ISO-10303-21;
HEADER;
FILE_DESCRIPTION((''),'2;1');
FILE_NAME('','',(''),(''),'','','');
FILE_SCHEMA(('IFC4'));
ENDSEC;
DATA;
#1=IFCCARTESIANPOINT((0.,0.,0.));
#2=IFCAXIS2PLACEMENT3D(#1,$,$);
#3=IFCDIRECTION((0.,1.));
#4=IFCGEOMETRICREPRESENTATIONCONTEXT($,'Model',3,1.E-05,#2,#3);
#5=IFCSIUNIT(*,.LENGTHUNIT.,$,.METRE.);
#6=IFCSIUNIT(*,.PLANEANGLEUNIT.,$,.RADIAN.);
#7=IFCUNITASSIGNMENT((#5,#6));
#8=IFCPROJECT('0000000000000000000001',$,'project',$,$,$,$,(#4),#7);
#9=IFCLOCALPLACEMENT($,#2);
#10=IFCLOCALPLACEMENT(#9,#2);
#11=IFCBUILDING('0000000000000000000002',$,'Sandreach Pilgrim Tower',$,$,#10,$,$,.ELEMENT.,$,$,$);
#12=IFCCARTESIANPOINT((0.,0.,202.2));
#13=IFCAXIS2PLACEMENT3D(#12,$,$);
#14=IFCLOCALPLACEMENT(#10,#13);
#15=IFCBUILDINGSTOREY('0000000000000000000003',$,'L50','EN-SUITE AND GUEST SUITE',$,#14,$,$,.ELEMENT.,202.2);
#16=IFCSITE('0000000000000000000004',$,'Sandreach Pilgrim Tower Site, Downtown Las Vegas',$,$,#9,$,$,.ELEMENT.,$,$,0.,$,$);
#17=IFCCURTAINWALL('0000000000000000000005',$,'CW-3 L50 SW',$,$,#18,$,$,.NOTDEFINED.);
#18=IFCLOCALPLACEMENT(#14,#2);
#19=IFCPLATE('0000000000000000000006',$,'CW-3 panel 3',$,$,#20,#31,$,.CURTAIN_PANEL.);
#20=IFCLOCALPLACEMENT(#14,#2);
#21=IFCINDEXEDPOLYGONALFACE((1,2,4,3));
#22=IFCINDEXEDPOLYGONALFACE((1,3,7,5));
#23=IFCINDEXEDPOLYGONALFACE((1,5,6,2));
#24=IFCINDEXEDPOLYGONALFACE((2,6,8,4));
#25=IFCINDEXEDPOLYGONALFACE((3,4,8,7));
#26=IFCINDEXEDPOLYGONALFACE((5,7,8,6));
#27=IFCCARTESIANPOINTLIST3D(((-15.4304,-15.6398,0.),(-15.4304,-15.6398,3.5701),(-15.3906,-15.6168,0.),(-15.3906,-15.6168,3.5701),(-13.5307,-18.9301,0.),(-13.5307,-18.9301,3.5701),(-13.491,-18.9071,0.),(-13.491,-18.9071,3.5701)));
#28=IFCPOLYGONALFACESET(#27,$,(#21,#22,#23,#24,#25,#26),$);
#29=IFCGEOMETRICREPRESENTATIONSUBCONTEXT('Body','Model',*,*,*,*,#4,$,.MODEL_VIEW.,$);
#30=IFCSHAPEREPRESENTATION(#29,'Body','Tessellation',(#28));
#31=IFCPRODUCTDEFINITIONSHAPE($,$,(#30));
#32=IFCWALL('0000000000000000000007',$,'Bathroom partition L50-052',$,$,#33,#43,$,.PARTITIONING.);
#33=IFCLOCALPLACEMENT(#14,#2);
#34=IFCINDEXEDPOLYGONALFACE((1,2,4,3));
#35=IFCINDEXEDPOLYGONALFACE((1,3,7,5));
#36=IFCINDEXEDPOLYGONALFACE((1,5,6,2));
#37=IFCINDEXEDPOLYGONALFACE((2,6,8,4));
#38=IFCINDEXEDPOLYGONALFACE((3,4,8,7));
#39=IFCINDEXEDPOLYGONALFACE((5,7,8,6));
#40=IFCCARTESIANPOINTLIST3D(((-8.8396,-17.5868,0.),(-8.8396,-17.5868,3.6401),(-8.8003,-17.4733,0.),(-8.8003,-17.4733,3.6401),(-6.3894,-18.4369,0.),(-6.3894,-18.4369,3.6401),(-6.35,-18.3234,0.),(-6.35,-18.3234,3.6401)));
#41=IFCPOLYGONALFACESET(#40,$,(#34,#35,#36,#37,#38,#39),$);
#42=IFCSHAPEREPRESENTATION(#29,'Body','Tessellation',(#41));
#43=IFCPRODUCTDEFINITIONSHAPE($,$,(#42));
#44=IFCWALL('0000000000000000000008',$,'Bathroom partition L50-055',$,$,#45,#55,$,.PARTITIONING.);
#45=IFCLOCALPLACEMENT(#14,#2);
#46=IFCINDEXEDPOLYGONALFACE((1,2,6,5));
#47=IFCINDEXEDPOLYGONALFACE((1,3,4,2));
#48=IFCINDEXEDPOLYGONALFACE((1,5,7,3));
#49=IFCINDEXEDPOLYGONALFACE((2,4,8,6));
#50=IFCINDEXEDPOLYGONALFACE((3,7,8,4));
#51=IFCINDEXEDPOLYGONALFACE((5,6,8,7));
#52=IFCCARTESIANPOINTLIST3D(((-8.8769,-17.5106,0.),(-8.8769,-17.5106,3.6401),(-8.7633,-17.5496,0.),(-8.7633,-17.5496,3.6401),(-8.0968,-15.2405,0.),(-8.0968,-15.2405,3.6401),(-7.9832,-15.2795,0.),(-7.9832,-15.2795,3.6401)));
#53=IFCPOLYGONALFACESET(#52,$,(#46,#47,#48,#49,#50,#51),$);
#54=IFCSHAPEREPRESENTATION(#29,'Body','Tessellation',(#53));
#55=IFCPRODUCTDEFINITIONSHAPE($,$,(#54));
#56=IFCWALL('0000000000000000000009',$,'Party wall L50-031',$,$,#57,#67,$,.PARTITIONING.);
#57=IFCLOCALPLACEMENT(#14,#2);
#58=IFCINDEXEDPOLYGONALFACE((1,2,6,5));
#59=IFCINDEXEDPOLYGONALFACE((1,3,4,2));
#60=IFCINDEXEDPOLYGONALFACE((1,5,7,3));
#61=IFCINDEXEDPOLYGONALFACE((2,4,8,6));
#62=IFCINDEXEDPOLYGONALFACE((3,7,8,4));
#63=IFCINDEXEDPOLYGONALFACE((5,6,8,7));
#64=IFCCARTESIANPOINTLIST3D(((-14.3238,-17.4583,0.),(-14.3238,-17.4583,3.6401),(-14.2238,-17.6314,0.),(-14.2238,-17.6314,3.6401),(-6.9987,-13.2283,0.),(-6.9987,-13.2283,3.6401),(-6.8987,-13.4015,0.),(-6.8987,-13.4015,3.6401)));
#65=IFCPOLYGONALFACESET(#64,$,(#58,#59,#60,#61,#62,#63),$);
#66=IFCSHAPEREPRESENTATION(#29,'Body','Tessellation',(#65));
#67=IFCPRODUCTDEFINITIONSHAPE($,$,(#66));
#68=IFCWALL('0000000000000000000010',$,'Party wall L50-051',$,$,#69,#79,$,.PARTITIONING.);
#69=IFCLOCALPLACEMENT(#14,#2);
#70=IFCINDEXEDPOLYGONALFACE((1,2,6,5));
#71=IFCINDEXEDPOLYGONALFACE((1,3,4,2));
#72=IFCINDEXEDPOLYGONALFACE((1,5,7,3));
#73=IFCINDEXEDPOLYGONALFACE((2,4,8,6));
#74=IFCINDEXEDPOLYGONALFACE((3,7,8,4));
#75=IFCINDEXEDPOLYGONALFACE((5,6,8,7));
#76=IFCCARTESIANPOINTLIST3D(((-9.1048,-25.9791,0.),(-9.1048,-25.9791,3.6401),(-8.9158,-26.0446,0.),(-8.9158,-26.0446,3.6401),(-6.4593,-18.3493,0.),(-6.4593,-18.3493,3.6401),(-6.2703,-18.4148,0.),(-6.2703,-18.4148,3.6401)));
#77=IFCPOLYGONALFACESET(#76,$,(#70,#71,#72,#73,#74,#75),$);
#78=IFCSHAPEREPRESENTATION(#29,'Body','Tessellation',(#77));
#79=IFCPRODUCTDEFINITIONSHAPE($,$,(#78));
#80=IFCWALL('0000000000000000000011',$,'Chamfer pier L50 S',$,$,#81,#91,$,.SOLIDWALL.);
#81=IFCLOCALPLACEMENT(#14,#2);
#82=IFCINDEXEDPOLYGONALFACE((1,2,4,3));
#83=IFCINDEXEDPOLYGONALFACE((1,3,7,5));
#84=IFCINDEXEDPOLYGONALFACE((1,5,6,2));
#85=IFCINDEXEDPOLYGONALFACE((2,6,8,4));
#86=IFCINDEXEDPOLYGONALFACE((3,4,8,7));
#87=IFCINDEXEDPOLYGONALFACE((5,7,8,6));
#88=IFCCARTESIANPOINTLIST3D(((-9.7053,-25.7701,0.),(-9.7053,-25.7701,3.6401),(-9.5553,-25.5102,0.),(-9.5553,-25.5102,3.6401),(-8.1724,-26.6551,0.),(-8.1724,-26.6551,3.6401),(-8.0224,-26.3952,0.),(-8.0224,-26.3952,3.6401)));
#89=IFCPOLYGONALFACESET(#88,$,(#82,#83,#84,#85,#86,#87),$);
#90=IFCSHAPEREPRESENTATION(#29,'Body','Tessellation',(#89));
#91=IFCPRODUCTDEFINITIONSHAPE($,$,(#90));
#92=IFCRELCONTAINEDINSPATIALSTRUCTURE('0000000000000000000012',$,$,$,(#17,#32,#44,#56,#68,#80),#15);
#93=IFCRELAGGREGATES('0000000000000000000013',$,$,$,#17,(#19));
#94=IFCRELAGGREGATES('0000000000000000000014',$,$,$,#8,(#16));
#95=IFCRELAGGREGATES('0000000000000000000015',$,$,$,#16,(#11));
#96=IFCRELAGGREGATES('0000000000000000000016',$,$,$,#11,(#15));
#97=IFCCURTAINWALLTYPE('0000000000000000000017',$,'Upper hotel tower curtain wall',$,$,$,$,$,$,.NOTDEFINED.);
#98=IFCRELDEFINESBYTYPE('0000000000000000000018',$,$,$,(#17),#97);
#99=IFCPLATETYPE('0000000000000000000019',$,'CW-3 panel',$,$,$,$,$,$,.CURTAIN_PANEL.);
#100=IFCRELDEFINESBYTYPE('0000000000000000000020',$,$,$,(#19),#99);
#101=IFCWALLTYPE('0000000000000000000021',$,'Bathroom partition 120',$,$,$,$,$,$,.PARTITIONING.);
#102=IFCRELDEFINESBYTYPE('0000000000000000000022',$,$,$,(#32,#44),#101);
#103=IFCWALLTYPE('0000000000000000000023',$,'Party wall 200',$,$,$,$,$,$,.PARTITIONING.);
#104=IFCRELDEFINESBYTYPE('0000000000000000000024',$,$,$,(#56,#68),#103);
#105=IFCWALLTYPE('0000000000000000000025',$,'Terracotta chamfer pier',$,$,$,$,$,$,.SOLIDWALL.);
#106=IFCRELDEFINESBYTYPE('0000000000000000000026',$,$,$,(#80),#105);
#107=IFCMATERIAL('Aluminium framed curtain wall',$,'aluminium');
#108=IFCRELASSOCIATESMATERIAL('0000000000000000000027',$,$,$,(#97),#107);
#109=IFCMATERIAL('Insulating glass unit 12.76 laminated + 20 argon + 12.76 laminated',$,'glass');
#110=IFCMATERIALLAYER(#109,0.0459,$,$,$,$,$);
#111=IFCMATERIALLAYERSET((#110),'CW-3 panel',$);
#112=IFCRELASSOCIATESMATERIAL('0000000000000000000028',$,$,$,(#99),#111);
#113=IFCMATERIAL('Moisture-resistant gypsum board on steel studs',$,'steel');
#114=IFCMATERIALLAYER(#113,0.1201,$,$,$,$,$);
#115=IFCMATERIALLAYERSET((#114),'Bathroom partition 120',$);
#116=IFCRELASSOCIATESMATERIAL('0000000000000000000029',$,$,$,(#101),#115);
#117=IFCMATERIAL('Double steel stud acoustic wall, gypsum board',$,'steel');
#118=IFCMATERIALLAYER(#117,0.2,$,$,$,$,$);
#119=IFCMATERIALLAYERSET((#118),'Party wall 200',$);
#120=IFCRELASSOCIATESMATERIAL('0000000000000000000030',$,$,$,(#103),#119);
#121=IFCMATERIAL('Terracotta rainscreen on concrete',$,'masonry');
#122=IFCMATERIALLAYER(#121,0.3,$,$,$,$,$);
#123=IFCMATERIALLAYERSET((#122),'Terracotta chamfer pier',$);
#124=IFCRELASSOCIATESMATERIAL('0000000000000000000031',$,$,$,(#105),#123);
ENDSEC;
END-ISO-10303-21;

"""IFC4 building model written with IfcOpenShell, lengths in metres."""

from ifc_helpers import new_model, si_unit, direction, frame, frame_2d, origin, origin_2d, place, context, subcontext, project, spatial, rectangle, extrude, material, layer, layer_set, type_object, element, aggregate, save


model = new_model("IFC4")

# Units and contexts
model_context = context("Model", 3, precision=1e-05, world=origin(), true_north=direction((0.0, 1.0)))
body_context = subcontext(model_context, "Body", "Model", "MODEL_VIEW")
ifc_project = project(units=[si_unit("LENGTHUNIT", "METRE"), si_unit("PLANEANGLEUNIT", "RADIAN")], contexts=[model_context])

# Site, building, storey
site_placement = place(None, origin())
site = spatial("IfcSite", under=ifc_project, at=site_placement, Name="Sandreach Pilgrim Tower Site, Downtown Las Vegas", CompositionType="ELEMENT", RefElevation=0.0)
building_placement = place(site_placement, origin())
building = spatial("IfcBuilding", under=site, at=building_placement, Name="Sandreach Pilgrim Tower", CompositionType="ELEMENT")
storey_placement = place(building_placement, frame((0.0, 0.0, 202.2)))
storey = spatial("IfcBuildingStorey", under=building, at=storey_placement, Name="L50", Description="EN-SUITE AND GUEST SUITE", CompositionType="ELEMENT", Elevation=202.2)

# Shared definitions
ifc_material_1 = material(Name="Aluminium framed curtain wall", Category="aluminium")
curtain_wall_type = type_object("IfcCurtainWallType", Name="Upper hotel tower curtain wall", PredefinedType="NOTDEFINED", material=ifc_material_1)

# Curtain wall
curtain_wall_1_placement = place(storey_placement, origin())
curtain_wall_1 = element("IfcCurtainWall", 1, at=curtain_wall_1_placement, inside=storey, type_object=curtain_wall_type, Name="CW-3 L50 SW", PredefinedType="NOTDEFINED")

# Plate
ifc_material_2 = material(Name="Insulating glass unit 12.76 laminated + 20 argon + 12.76 laminated", Category="glass")
ifc_layer_1 = layer(ifc_material_2, 0.0459)
ifc_layer_set_1 = layer_set([ifc_layer_1], Name="CW-3 panel")
plate_type = type_object("IfcPlateType", Name="CW-3 panel", PredefinedType="CURTAIN_PANEL", material=ifc_layer_set_1)
plate_1_placement = place(storey_placement, frame((-14.4607, -17.2734, 0.0), z_axis=(0.0, 0.0, 1.0), x_axis=(-0.5, 0.866025, 0.0)))
plate_1 = element("IfcPlate", 2, at=plate_1_placement, type_object=plate_type, Name="CW-3 panel 3", PredefinedType="CURTAIN_PANEL", context=body_context, shape_type="SweptSolid", body=[
    extrude(rectangle(XDim=3.7993, YDim=0.0459, at=origin_2d()), origin(), (0.0, 0.0, 1.0), 3.5701),
])
aggregate(curtain_wall_1, [plate_1])

# Walls
ifc_material_3 = material(Name="Moisture-resistant gypsum board on steel studs", Category="steel")
ifc_layer_2 = layer(ifc_material_3, 0.1201)
ifc_layer_set_2 = layer_set([ifc_layer_2], Name="Bathroom partition 120")
wall_type_1 = type_object("IfcWallType", Name="Bathroom partition 120", PredefinedType="PARTITIONING", material=ifc_layer_set_2)
wall_1_placement = place(storey_placement, frame((-8.8201, -17.53, 0.0), z_axis=(0.0, 0.0, 1.0), x_axis=(0.944753, -0.327783, 0.0)))
element("IfcWall", 3, at=wall_1_placement, inside=storey, type_object=wall_type_1, Name="Bathroom partition L50-052", PredefinedType="PARTITIONING", context=body_context, shape_type="SweptSolid", body=[
    extrude(rectangle(XDim=2.5935, YDim=0.1201, at=frame_2d((1.2969, 0.0))), origin(), (0.0, 0.0, 1.0), 3.6401),
])
wall_2_placement = place(storey_placement, frame((-8.04, -15.26, 0.0), z_axis=(0.0, 0.0, 1.0), x_axis=(-0.324972, -0.945724, 0.0)))
element("IfcWall", 4, at=wall_2_placement, inside=storey, type_object=wall_type_1, Name="Bathroom partition L50-055", PredefinedType="PARTITIONING", context=body_context, shape_type="SweptSolid", body=[
    extrude(rectangle(XDim=2.4004, YDim=0.1201, at=frame_2d((1.2002, 0.0))), origin(), (0.0, 0.0, 1.0), 3.6401),
])
ifc_material_4 = material(Name="Double steel stud acoustic wall, gypsum board", Category="steel")
ifc_layer_3 = layer(ifc_material_4, 0.2)
ifc_layer_set_3 = layer_set([ifc_layer_3], Name="Party wall 200")
wall_type_2 = type_object("IfcWallType", Name="Party wall 200", PredefinedType="PARTITIONING", material=ifc_layer_set_3)
wall_3_placement = place(storey_placement, frame((-14.2739, -17.5449, 0.0), z_axis=(0.0, 0.0, 1.0), x_axis=(0.865986, 0.500069, 0.0)))
element("IfcWall", 5, at=wall_3_placement, inside=storey, type_object=wall_type_2, Name="Party wall L50-031", PredefinedType="PARTITIONING", context=body_context, shape_type="SweptSolid", body=[
    extrude(rectangle(XDim=8.4587, YDim=0.2, at=frame_2d((4.2295, 0.0))), origin(), (0.0, 0.0, 1.0), 3.6401),
])
wall_4_placement = place(storey_placement, frame((-9.0103, -26.0117, 0.0), z_axis=(0.0, 0.0, 1.0), x_axis=(0.327596, 0.944818, 0.0)))
element("IfcWall", 6, at=wall_4_placement, inside=storey, type_object=wall_type_2, Name="Party wall L50-051", PredefinedType="PARTITIONING", context=body_context, shape_type="SweptSolid", body=[
    extrude(rectangle(XDim=8.0754, YDim=0.2, at=frame_2d((4.0376, 0.0))), origin(), (0.0, 0.0, 1.0), 3.6401),
])
ifc_material_5 = material(Name="Terracotta rainscreen on concrete", Category="masonry")
ifc_layer_4 = layer(ifc_material_5, 0.3)
ifc_layer_set_4 = layer_set([ifc_layer_4], Name="Terracotta chamfer pier")
wall_type_3 = type_object("IfcWallType", Name="Terracotta chamfer pier", PredefinedType="SOLIDWALL", material=ifc_layer_set_4)
wall_5_placement = place(storey_placement, frame((-8.0974, -26.5251, 0.0), z_axis=(0.0, 0.0, 1.0), x_axis=(-0.866036, 0.499981, 0.0)))
element("IfcWall", 7, at=wall_5_placement, inside=storey, type_object=wall_type_3, Name="Chamfer pier L50 S", PredefinedType="SOLIDWALL", context=body_context, shape_type="SweptSolid", body=[
    extrude(rectangle(XDim=1.77, YDim=0.3, at=frame_2d((0.885, 0.0))), origin(), (0.0, 0.0, 1.0), 3.6401),
])

save(model, "model.ifc")
